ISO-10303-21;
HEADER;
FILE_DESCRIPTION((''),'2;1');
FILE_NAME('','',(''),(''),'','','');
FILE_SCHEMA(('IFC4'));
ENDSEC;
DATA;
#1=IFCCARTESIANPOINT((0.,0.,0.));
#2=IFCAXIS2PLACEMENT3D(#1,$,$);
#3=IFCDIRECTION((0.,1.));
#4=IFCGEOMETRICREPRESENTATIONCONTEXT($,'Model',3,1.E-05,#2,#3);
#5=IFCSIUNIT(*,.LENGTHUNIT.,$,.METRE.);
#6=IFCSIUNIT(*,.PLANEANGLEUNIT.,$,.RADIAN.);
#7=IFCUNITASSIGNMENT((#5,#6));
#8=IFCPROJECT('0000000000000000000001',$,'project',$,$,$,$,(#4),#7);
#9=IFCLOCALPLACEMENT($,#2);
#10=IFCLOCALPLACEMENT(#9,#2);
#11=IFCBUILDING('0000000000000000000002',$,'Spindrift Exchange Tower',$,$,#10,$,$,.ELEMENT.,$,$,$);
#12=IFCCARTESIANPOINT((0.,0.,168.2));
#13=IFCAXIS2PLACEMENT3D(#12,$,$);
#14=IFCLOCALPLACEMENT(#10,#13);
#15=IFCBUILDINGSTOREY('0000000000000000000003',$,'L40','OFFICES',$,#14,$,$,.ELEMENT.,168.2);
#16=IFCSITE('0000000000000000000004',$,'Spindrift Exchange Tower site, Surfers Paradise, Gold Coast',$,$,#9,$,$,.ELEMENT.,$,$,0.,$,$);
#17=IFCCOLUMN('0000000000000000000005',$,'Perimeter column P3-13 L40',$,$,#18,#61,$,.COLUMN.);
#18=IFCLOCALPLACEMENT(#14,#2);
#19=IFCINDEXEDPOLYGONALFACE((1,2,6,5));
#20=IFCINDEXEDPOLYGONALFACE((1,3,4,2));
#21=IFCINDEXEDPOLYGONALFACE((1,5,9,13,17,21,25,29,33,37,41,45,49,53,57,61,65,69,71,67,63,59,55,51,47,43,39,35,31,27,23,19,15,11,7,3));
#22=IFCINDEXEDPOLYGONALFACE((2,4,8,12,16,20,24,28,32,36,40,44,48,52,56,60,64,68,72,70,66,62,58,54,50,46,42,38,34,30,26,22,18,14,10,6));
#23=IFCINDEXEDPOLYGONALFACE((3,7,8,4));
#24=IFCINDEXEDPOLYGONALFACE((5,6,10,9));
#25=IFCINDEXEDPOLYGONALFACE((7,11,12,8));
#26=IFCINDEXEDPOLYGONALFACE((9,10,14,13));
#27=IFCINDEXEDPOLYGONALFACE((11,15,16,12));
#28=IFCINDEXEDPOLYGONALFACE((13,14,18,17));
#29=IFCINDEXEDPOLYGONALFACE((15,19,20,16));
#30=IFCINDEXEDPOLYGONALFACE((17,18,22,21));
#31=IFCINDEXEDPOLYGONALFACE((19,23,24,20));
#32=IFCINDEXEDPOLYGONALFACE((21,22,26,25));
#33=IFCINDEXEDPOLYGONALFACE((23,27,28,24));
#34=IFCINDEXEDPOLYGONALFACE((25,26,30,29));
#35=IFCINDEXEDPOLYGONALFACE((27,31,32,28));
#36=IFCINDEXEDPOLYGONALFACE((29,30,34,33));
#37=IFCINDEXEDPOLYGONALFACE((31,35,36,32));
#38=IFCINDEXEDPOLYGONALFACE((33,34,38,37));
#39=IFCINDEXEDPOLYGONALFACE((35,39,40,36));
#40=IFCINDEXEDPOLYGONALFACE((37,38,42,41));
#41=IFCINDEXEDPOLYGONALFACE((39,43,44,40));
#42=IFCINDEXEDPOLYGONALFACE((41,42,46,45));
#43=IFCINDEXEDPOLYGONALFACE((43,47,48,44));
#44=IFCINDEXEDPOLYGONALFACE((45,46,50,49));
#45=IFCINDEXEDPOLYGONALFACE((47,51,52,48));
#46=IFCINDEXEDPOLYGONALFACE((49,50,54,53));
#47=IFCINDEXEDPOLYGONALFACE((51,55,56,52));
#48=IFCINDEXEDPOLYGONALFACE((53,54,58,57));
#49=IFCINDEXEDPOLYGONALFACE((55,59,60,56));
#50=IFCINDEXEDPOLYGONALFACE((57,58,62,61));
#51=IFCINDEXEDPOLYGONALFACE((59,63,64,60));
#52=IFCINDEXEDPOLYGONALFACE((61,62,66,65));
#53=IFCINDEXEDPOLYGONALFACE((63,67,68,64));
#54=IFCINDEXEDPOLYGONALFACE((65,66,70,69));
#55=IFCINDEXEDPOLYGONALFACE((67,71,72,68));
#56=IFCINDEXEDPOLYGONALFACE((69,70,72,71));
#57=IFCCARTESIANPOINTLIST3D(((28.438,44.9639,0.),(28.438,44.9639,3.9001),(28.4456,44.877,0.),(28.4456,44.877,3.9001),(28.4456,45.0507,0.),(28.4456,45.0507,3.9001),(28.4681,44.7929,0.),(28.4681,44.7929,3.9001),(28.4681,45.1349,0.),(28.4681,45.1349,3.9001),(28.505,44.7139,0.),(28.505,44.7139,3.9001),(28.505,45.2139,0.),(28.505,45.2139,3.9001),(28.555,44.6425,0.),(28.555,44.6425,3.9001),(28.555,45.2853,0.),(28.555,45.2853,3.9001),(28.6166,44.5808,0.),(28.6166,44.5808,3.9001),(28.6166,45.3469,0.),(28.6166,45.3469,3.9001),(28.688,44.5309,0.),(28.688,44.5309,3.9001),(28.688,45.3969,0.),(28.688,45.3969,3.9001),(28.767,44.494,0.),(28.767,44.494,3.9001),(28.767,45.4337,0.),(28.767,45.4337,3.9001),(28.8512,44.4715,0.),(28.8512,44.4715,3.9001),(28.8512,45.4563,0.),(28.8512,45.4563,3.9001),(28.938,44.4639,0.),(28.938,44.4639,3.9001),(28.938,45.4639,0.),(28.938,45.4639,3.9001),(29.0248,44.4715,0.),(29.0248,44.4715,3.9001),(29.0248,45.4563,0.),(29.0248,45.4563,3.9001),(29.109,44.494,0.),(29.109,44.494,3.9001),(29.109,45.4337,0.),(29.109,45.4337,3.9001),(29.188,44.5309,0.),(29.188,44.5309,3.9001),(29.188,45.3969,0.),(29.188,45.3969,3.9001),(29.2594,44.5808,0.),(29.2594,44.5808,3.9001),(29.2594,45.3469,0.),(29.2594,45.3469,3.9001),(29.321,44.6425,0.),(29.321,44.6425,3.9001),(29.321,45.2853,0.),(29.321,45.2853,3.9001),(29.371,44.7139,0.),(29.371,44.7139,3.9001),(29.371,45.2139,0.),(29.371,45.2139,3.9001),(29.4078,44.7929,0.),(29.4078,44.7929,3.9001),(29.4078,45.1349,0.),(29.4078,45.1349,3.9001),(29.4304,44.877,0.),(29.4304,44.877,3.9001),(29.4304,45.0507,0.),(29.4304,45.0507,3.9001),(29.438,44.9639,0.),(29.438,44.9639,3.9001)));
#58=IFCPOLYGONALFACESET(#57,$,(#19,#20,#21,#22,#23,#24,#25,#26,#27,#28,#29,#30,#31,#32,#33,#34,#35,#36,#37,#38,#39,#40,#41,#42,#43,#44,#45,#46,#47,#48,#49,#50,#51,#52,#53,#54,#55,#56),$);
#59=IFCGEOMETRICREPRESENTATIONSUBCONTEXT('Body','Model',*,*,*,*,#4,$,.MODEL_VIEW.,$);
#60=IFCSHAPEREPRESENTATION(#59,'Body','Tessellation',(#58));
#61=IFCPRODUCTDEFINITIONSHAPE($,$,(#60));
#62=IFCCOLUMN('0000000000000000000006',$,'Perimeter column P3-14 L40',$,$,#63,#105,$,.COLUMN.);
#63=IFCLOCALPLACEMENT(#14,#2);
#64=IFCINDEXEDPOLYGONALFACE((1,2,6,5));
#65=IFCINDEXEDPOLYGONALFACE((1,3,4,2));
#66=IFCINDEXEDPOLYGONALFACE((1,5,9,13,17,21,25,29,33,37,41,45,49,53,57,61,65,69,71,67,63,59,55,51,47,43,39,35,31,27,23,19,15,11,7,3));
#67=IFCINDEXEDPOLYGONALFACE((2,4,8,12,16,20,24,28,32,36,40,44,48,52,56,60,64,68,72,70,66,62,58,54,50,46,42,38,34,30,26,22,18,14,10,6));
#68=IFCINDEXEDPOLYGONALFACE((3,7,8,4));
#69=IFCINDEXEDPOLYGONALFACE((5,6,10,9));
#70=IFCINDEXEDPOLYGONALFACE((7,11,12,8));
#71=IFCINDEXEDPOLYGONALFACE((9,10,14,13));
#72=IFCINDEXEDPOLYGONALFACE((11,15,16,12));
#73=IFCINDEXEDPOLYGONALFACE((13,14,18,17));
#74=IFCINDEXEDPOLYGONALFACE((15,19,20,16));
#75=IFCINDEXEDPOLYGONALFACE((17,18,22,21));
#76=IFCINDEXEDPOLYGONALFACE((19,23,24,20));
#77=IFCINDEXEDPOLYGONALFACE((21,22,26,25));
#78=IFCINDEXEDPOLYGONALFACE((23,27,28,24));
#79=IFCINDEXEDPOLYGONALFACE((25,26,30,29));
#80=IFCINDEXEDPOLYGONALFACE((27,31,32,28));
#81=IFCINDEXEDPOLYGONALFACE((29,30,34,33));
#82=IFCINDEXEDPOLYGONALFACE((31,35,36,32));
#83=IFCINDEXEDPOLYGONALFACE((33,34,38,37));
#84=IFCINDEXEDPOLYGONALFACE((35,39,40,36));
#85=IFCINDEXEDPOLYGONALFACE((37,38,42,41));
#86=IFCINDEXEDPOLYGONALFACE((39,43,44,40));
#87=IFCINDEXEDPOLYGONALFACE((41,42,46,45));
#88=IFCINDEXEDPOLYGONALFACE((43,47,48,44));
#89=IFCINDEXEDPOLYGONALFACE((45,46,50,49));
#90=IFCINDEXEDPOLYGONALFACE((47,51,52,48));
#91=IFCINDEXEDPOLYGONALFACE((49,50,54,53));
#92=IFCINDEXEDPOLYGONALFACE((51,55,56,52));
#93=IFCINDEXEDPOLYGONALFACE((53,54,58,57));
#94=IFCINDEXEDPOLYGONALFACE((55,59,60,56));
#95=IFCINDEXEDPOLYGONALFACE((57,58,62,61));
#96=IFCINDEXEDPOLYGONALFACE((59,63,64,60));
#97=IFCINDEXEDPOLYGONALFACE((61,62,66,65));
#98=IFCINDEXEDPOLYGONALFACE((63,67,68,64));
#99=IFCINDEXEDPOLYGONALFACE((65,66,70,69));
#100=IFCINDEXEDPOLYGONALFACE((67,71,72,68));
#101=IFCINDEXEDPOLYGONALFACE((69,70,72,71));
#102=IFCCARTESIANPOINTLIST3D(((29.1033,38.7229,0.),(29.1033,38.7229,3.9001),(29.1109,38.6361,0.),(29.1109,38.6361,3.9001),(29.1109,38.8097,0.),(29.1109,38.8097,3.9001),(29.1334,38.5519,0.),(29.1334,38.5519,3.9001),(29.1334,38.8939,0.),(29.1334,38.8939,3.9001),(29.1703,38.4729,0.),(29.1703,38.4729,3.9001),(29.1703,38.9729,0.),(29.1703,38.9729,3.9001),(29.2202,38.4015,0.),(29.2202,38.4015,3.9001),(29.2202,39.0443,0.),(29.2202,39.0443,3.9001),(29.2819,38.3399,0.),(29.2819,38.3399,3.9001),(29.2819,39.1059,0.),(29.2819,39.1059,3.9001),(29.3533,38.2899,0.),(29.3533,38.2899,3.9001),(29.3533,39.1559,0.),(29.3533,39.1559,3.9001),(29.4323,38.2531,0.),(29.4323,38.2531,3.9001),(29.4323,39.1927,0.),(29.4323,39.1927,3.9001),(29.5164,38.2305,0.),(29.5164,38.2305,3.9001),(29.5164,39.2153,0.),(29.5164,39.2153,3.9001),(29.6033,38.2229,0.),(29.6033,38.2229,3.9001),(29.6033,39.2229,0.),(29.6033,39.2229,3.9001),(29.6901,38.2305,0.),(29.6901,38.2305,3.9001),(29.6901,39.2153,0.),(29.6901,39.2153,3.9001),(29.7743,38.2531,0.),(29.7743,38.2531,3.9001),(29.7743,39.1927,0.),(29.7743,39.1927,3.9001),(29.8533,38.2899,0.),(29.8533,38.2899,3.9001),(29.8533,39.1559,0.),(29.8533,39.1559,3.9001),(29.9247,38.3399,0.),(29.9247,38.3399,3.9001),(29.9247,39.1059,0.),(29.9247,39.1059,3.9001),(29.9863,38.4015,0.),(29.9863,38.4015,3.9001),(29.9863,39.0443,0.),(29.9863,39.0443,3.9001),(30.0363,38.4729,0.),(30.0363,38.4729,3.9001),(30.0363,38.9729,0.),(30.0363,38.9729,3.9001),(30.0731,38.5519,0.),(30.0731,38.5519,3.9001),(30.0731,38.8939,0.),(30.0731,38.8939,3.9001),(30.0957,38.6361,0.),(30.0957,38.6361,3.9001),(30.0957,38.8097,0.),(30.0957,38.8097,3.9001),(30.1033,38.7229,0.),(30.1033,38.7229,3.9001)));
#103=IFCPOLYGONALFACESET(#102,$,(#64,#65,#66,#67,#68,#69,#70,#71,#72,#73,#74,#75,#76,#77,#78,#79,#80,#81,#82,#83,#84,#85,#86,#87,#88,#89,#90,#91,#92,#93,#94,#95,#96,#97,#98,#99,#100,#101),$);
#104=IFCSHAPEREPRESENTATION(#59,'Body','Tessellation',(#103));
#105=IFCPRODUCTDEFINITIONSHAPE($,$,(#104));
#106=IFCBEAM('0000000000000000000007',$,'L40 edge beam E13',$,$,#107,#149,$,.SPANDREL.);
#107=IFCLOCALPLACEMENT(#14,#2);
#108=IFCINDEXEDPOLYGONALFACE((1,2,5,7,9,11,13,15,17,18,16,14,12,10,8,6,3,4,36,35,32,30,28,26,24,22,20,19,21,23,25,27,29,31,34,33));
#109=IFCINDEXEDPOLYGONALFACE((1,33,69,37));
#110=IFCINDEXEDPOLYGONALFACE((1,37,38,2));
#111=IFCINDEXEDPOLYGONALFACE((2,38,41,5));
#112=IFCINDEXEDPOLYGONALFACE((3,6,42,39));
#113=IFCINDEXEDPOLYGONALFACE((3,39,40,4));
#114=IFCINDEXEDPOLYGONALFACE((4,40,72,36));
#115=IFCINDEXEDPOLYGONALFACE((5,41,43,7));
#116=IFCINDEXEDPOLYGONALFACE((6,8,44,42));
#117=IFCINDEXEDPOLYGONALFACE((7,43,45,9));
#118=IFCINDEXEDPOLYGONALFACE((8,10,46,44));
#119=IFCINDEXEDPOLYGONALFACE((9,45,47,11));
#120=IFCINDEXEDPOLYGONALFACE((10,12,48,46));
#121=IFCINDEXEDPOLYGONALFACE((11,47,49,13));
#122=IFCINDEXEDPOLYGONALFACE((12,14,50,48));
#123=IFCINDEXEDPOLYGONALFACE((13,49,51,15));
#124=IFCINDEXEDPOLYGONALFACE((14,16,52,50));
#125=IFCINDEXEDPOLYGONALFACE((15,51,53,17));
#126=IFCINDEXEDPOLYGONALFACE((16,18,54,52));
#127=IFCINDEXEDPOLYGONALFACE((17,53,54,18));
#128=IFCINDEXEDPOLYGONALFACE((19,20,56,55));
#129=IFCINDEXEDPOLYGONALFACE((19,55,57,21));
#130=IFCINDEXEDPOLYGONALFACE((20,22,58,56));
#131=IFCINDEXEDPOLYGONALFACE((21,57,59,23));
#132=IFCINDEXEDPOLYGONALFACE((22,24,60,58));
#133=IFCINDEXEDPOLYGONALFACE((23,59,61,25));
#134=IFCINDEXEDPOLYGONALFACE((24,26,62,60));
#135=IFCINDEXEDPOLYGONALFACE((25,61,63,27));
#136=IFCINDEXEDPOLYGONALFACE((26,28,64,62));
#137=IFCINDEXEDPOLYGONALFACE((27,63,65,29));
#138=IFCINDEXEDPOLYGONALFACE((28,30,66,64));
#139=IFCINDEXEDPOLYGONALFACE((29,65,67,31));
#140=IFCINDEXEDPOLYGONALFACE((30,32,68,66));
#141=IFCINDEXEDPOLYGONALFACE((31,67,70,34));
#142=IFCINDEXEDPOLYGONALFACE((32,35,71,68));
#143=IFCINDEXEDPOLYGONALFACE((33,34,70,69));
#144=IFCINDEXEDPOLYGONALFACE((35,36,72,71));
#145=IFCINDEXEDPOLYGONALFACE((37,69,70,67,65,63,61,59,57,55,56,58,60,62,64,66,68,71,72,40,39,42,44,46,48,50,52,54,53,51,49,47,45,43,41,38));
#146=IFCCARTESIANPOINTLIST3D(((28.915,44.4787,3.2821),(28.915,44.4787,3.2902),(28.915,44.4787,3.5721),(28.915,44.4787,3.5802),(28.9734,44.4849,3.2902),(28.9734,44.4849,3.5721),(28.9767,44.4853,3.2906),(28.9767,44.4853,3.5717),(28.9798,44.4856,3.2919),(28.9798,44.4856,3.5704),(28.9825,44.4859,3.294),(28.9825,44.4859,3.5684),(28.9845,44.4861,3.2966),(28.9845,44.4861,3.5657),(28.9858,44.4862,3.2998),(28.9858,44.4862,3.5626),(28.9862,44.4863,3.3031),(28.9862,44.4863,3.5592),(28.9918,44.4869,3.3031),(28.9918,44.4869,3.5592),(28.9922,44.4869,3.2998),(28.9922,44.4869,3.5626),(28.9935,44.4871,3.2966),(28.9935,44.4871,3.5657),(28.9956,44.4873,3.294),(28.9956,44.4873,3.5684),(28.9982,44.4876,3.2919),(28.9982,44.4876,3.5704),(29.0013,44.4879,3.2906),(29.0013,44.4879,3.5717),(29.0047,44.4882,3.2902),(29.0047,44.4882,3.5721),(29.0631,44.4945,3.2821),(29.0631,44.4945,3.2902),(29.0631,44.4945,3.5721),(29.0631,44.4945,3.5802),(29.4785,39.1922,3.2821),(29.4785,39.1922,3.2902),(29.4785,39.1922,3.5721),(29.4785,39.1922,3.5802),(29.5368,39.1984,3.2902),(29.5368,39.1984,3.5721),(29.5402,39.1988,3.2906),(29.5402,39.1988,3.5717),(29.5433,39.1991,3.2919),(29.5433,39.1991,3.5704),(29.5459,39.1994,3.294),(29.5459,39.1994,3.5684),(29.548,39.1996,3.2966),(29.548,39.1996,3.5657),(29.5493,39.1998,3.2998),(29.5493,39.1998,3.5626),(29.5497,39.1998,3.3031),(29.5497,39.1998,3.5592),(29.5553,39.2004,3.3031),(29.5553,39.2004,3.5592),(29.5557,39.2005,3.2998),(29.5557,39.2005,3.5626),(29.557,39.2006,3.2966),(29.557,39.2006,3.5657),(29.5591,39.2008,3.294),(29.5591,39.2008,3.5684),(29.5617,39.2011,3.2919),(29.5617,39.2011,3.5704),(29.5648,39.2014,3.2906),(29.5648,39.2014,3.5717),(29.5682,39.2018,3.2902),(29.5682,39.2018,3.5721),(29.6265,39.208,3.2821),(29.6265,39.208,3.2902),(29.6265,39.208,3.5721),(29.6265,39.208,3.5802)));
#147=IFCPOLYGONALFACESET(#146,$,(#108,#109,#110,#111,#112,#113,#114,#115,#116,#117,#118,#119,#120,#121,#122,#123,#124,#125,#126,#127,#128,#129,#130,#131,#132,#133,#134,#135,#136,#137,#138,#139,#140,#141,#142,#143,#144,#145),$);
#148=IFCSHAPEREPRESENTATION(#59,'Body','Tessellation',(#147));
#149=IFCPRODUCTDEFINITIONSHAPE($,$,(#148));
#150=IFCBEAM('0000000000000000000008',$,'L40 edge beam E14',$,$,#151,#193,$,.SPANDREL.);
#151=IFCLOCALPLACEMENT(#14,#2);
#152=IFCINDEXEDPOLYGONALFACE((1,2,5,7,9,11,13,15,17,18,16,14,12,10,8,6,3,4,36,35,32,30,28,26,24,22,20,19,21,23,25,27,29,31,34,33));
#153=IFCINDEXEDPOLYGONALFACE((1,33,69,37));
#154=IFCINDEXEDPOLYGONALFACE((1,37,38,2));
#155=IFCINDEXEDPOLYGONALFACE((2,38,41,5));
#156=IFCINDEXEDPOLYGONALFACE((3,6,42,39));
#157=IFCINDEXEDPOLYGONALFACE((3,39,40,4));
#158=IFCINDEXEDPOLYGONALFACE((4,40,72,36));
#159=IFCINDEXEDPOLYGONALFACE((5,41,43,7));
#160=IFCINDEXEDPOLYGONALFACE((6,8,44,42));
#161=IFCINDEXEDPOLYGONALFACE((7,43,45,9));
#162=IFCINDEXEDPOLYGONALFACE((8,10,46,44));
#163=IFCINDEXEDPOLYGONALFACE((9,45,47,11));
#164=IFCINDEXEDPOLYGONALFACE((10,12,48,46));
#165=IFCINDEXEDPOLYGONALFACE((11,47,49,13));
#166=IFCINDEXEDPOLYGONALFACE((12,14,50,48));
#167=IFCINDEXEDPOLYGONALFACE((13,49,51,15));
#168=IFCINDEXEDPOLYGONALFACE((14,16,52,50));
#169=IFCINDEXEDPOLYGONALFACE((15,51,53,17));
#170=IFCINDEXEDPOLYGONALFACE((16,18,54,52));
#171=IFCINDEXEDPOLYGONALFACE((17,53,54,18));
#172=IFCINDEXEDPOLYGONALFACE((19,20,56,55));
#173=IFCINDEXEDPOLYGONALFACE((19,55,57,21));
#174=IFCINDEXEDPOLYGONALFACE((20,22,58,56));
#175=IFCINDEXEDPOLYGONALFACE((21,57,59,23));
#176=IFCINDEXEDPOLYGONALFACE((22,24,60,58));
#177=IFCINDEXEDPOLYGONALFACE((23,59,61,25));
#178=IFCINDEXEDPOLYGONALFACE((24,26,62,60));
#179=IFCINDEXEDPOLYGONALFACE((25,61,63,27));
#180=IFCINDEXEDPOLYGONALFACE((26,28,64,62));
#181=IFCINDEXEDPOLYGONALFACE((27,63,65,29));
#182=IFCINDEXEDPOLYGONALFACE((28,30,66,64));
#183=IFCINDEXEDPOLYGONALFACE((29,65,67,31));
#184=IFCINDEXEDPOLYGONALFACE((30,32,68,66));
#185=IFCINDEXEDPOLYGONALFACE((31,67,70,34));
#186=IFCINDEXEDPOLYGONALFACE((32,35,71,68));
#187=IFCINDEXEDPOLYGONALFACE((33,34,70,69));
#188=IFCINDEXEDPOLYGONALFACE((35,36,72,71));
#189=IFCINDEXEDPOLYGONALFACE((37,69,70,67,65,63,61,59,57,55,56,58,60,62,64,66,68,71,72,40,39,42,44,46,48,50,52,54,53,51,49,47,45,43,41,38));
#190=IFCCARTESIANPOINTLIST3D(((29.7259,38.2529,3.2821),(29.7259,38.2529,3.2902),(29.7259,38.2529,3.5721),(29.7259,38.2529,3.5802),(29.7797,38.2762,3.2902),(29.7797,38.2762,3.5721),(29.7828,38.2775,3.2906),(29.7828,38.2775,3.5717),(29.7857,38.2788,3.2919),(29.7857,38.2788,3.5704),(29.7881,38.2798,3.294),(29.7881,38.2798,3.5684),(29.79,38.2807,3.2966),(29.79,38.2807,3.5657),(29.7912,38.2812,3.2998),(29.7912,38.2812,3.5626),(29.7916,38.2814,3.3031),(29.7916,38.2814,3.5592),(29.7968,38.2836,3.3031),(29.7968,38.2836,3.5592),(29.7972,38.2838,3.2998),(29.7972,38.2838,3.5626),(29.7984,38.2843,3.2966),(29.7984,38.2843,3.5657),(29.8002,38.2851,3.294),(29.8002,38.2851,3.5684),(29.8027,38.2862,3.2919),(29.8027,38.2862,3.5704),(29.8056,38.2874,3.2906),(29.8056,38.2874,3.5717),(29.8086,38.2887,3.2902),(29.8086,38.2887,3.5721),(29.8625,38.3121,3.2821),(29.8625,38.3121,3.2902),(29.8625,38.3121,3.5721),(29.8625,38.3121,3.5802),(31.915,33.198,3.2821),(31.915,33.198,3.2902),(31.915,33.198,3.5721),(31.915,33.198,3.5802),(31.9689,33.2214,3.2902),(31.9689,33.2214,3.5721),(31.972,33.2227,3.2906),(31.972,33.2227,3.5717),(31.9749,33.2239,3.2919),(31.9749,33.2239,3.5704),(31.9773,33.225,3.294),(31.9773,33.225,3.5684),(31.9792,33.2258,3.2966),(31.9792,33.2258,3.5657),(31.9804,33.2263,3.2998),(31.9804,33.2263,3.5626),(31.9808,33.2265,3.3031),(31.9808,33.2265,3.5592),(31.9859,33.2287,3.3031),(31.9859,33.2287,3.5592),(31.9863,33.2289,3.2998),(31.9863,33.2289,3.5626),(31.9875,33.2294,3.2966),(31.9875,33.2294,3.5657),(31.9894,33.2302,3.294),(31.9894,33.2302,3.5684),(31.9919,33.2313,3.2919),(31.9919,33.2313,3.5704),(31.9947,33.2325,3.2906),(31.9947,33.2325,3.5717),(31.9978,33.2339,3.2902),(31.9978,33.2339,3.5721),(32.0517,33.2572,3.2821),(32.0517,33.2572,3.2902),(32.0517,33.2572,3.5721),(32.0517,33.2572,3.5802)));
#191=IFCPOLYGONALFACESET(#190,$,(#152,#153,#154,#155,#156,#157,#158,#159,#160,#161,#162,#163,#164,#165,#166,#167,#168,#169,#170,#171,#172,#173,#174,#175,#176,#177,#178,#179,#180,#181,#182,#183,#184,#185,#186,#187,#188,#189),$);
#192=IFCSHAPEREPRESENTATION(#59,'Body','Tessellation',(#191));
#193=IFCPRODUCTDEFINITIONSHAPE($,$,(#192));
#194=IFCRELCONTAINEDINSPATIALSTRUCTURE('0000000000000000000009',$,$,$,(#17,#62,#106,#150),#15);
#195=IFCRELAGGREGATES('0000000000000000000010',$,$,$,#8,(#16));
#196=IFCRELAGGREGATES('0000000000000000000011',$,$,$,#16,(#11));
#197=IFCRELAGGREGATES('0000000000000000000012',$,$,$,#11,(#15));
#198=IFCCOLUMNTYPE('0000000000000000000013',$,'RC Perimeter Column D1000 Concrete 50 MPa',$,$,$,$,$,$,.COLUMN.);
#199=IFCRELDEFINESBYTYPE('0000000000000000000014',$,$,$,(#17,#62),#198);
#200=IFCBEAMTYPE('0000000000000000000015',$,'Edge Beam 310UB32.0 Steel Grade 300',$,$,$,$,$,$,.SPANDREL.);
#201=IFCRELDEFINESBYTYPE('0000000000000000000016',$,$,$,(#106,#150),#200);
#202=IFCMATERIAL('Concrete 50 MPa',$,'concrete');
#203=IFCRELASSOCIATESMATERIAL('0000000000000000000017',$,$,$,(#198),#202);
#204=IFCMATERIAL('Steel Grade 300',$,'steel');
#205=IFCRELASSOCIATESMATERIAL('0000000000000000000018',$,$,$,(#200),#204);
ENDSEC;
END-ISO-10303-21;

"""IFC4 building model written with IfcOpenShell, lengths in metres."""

from ifc_helpers import new_model, si_unit, direction, frame, origin, origin_2d, place, context, subcontext, project, spatial, circle, i_section, extrude, source, transform, mapped, material, material_profile, profile_set, type_object, element, save


model = new_model("IFC4")

# Units and contexts
model_context = context("Model", 3, precision=1e-05, world=origin(), true_north=direction((0.0, 1.0)))
body_context = subcontext(model_context, "Body", "Model", "MODEL_VIEW")
ifc_project = project(units=[si_unit("LENGTHUNIT", "METRE"), si_unit("PLANEANGLEUNIT", "RADIAN")], contexts=[model_context])

# Site, building, storey
site_placement = place(None, origin())
site = spatial("IfcSite", under=ifc_project, at=site_placement, Name="Spindrift Exchange Tower site, Surfers Paradise, Gold Coast", CompositionType="ELEMENT", RefElevation=0.0)
building_placement = place(site_placement, origin())
building = spatial("IfcBuilding", under=site, at=building_placement, Name="Spindrift Exchange Tower", CompositionType="ELEMENT")
storey_placement = place(building_placement, frame((0.0, 0.0, 168.2)))
storey = spatial("IfcBuildingStorey", under=building, at=storey_placement, Name="L40", Description="OFFICES", CompositionType="ELEMENT", Elevation=168.2)

# Columns
ifc_material_1 = material(Name="Concrete 50 MPa", Category="concrete")
ifc_material_profile_1 = material_profile(ifc_material_1, circle(Radius=0.5, at=origin_2d()), Name="RC D1000")
ifc_profile_set_1 = profile_set([ifc_material_profile_1], Name="Concrete 50 MPa")
column_type = type_object("IfcColumnType", Name="RC Perimeter Column D1000 Concrete 50 MPa", PredefinedType="COLUMN", material=ifc_profile_set_1)
shared_shape_1 = source(origin(), body_context, "Body", "SweptSolid", [
    extrude(circle(Radius=0.5, at=origin_2d()), origin(), (0.0, 0.0, 1.0), 3.9001),
])
for number, where, z_axis, x_axis, name in (
    (1, (28.938, 44.9639, 0.0), (0.0, 0.0, 1.0), (1.0, 0.0, 0.0), "Perimeter column P3-13 L40"),
    (2, (29.6033, 38.7229, 0.0), (0.0, 0.0, 1.0), (1.0, 0.0, 0.0), "Perimeter column P3-14 L40"),
):
    element("IfcColumn", number, at=place(storey_placement, frame(where, z_axis=z_axis, x_axis=x_axis)), inside=storey, type_object=column_type, Name=name, PredefinedType="COLUMN", context=body_context, shape_type="MappedRepresentation", body=[
        mapped(shared_shape_1, transform((0.0, 0.0, 0.0), scale=1.0)),
    ])

# Beams
ifc_material_2 = material(Name="Steel Grade 300", Category="steel")
ifc_material_profile_2 = material_profile(ifc_material_2, i_section(OverallWidth=0.1489, OverallDepth=0.2981, WebThickness=0.0056, FlangeThickness=0.0081, FilletRadius=0.0129, at=origin_2d()), Name="310UB32.0")
ifc_profile_set_2 = profile_set([ifc_material_profile_2], Name="Steel Grade 300")
beam_type_1 = type_object("IfcBeamType", Name="Edge Beam 310UB32.0 Steel Grade 300", PredefinedType="SPANDREL", material=ifc_profile_set_2)
shared_shape_2 = source(origin(), body_context, "Body", "SweptSolid", [
    extrude(i_section(OverallWidth=0.1489, OverallDepth=0.2981, WebThickness=0.0056, FlangeThickness=0.0081, FilletRadius=0.0129, at=origin_2d()), origin(), (0.0, 0.0, 1.0), 5.3164),
])
beam_1_placement = place(storey_placement, frame((28.989, 44.4866, 3.4312), z_axis=(0.10599, -0.994367, 0.0), x_axis=(0.994367, 0.10599, 0.0)))
element("IfcBeam", 3, at=beam_1_placement, inside=storey, type_object=beam_type_1, Name="L40 edge beam E13", PredefinedType="SPANDREL", context=body_context, shape_type="MappedRepresentation", body=[
    mapped(shared_shape_2, transform((0.0, 0.0, 0.0), scale=1.0)),
])
shared_shape_3 = source(origin(), body_context, "Body", "SweptSolid", [
    extrude(i_section(OverallWidth=0.1489, OverallDepth=0.2981, WebThickness=0.0056, FlangeThickness=0.0081, FilletRadius=0.0129, at=origin_2d()), origin(), (0.0, 0.0, 1.0), 5.5085),
])
beam_2_placement = place(storey_placement, frame((29.7942, 38.2825, 3.4312), z_axis=(0.397415, -0.917639, 0.0), x_axis=(0.917639, 0.397415, 0.0)))
element("IfcBeam", 4, at=beam_2_placement, inside=storey, type_object=beam_type_1, Name="L40 edge beam E14", PredefinedType="SPANDREL", context=body_context, shape_type="MappedRepresentation", body=[
    mapped(shared_shape_3, transform((0.0, 0.0, 0.0), scale=1.0)),
])

save(model, "model.ifc")
